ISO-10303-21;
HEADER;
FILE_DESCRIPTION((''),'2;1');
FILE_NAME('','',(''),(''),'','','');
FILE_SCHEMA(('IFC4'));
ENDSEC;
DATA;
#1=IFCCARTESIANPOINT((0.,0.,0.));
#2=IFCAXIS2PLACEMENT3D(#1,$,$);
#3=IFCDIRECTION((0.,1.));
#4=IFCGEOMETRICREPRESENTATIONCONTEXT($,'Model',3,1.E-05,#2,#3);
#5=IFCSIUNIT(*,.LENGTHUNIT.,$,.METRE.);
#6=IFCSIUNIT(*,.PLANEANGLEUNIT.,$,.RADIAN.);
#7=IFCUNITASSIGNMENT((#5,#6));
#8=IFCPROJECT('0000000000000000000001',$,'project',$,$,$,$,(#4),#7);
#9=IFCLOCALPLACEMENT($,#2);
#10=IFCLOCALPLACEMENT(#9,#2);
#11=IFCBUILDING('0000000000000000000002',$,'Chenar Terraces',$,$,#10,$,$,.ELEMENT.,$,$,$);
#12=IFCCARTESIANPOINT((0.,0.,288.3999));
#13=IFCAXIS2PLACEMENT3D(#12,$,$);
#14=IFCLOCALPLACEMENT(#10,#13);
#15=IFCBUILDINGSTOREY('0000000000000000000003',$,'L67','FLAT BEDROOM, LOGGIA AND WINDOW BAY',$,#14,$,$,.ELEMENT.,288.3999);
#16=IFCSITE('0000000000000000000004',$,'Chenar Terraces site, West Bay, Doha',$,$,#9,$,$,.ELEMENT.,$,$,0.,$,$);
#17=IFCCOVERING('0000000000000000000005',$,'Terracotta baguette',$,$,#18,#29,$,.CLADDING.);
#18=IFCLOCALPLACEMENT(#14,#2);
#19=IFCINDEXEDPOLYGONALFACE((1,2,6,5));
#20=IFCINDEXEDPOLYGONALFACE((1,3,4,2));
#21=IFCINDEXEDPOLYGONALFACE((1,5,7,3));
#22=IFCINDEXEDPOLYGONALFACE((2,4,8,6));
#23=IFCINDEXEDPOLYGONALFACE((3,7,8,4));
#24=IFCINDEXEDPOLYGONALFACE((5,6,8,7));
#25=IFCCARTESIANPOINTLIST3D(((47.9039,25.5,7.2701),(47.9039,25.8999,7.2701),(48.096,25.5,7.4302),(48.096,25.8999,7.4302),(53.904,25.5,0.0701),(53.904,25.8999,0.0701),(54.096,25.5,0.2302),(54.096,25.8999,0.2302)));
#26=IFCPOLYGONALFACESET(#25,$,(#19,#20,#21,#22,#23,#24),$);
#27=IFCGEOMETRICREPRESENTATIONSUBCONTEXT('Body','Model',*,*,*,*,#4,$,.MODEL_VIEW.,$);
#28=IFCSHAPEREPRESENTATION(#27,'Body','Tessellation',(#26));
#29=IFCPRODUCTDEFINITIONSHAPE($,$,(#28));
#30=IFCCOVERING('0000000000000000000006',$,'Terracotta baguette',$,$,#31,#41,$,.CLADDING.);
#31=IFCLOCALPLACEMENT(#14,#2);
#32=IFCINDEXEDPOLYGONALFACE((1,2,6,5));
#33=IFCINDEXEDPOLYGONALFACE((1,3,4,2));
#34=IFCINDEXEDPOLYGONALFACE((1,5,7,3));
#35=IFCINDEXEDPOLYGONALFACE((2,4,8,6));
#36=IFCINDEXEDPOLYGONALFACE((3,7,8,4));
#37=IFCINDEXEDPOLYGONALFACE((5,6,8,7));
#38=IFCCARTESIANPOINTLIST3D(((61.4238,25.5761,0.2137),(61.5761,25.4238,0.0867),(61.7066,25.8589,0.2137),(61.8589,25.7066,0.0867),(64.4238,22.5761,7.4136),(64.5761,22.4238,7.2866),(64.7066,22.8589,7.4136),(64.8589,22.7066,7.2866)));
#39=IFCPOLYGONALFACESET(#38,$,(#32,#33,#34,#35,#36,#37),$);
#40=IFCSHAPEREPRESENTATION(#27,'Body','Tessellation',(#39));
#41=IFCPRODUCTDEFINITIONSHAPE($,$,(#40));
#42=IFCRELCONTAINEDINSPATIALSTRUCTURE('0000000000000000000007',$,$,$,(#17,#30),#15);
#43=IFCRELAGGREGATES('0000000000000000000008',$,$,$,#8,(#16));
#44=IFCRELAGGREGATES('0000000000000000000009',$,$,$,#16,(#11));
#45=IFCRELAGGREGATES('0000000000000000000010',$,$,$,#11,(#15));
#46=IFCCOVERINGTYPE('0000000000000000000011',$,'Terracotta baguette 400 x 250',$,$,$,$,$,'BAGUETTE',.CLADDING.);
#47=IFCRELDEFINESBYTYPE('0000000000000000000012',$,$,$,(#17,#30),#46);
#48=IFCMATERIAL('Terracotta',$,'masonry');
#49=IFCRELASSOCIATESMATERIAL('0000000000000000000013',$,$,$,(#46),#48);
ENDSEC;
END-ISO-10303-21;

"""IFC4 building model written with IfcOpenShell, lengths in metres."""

from ifc_helpers import new_model, si_unit, direction, frame, origin, origin_2d, place, context, subcontext, project, spatial, rectangle, extrude, material, material_profile, profile_set, type_object, element, save


model = new_model("IFC4")

# Units and contexts
model_context = context("Model", 3, precision=1e-05, world=origin(), true_north=direction((0.0, 1.0)))
body_context = subcontext(model_context, "Body", "Model", "MODEL_VIEW")
ifc_project = project(units=[si_unit("LENGTHUNIT", "METRE"), si_unit("PLANEANGLEUNIT", "RADIAN")], contexts=[model_context])

# Site, building, storey
site_placement = place(None, origin())
site = spatial("IfcSite", under=ifc_project, at=site_placement, Name="Chenar Terraces site, West Bay, Doha", CompositionType="ELEMENT", RefElevation=0.0)
building_placement = place(site_placement, origin())
building = spatial("IfcBuilding", under=site, at=building_placement, Name="Chenar Terraces", CompositionType="ELEMENT")
storey_placement = place(building_placement, frame((0.0, 0.0, 288.3999)))
storey = spatial("IfcBuildingStorey", under=building, at=storey_placement, Name="L67", Description="FLAT BEDROOM, LOGGIA AND WINDOW BAY", CompositionType="ELEMENT", Elevation=288.3999)

# Coverings
ifc_material_1 = material(Name="Terracotta", Category="masonry")
ifc_material_profile_1 = material_profile(ifc_material_1, rectangle(XDim=0.3999, YDim=0.25, at=origin_2d()), Name="Terracotta baguette 400 x 250")
ifc_profile_set_1 = profile_set([ifc_material_profile_1], Name="Terracotta")
covering_type = type_object("IfcCoveringType", Name="Terracotta baguette 400 x 250", ElementType="BAGUETTE", PredefinedType="CLADDING", material=ifc_profile_set_1)
for number, where, z_axis, x_axis, name in (
    (1, (54.0, 25.7, 0.1501), (-0.640187, 0.0, 0.768219), (0.0, -1.0, 0.0), "Terracotta baguette"),
):
    element("IfcCovering", number, at=place(storey_placement, frame(where, z_axis=z_axis, x_axis=x_axis)), inside=storey, type_object=covering_type, Name=name, PredefinedType="CLADDING", context=body_context, shape_type="SweptSolid", body=[
        extrude(rectangle(XDim=0.3999, YDim=0.25, at=origin_2d()), origin(), (0.0, 0.0, 1.0), 9.3723),
    ])
covering_placement = place(storey_placement, frame((64.6414, 22.6414, 7.3501), z_axis=(-0.358981, 0.358981, -0.861548), x_axis=(-0.707107, -0.707107, 0.0)))
element("IfcCovering", 2, at=covering_placement, inside=storey, type_object=covering_type, Name="Terracotta baguette", PredefinedType="CLADDING", context=body_context, shape_type="SweptSolid", body=[
    extrude(rectangle(XDim=0.3999, YDim=0.25, at=origin_2d()), origin(), (0.0, 0.0, 1.0), 8.3569),
])

save(model, "model.ifc")
